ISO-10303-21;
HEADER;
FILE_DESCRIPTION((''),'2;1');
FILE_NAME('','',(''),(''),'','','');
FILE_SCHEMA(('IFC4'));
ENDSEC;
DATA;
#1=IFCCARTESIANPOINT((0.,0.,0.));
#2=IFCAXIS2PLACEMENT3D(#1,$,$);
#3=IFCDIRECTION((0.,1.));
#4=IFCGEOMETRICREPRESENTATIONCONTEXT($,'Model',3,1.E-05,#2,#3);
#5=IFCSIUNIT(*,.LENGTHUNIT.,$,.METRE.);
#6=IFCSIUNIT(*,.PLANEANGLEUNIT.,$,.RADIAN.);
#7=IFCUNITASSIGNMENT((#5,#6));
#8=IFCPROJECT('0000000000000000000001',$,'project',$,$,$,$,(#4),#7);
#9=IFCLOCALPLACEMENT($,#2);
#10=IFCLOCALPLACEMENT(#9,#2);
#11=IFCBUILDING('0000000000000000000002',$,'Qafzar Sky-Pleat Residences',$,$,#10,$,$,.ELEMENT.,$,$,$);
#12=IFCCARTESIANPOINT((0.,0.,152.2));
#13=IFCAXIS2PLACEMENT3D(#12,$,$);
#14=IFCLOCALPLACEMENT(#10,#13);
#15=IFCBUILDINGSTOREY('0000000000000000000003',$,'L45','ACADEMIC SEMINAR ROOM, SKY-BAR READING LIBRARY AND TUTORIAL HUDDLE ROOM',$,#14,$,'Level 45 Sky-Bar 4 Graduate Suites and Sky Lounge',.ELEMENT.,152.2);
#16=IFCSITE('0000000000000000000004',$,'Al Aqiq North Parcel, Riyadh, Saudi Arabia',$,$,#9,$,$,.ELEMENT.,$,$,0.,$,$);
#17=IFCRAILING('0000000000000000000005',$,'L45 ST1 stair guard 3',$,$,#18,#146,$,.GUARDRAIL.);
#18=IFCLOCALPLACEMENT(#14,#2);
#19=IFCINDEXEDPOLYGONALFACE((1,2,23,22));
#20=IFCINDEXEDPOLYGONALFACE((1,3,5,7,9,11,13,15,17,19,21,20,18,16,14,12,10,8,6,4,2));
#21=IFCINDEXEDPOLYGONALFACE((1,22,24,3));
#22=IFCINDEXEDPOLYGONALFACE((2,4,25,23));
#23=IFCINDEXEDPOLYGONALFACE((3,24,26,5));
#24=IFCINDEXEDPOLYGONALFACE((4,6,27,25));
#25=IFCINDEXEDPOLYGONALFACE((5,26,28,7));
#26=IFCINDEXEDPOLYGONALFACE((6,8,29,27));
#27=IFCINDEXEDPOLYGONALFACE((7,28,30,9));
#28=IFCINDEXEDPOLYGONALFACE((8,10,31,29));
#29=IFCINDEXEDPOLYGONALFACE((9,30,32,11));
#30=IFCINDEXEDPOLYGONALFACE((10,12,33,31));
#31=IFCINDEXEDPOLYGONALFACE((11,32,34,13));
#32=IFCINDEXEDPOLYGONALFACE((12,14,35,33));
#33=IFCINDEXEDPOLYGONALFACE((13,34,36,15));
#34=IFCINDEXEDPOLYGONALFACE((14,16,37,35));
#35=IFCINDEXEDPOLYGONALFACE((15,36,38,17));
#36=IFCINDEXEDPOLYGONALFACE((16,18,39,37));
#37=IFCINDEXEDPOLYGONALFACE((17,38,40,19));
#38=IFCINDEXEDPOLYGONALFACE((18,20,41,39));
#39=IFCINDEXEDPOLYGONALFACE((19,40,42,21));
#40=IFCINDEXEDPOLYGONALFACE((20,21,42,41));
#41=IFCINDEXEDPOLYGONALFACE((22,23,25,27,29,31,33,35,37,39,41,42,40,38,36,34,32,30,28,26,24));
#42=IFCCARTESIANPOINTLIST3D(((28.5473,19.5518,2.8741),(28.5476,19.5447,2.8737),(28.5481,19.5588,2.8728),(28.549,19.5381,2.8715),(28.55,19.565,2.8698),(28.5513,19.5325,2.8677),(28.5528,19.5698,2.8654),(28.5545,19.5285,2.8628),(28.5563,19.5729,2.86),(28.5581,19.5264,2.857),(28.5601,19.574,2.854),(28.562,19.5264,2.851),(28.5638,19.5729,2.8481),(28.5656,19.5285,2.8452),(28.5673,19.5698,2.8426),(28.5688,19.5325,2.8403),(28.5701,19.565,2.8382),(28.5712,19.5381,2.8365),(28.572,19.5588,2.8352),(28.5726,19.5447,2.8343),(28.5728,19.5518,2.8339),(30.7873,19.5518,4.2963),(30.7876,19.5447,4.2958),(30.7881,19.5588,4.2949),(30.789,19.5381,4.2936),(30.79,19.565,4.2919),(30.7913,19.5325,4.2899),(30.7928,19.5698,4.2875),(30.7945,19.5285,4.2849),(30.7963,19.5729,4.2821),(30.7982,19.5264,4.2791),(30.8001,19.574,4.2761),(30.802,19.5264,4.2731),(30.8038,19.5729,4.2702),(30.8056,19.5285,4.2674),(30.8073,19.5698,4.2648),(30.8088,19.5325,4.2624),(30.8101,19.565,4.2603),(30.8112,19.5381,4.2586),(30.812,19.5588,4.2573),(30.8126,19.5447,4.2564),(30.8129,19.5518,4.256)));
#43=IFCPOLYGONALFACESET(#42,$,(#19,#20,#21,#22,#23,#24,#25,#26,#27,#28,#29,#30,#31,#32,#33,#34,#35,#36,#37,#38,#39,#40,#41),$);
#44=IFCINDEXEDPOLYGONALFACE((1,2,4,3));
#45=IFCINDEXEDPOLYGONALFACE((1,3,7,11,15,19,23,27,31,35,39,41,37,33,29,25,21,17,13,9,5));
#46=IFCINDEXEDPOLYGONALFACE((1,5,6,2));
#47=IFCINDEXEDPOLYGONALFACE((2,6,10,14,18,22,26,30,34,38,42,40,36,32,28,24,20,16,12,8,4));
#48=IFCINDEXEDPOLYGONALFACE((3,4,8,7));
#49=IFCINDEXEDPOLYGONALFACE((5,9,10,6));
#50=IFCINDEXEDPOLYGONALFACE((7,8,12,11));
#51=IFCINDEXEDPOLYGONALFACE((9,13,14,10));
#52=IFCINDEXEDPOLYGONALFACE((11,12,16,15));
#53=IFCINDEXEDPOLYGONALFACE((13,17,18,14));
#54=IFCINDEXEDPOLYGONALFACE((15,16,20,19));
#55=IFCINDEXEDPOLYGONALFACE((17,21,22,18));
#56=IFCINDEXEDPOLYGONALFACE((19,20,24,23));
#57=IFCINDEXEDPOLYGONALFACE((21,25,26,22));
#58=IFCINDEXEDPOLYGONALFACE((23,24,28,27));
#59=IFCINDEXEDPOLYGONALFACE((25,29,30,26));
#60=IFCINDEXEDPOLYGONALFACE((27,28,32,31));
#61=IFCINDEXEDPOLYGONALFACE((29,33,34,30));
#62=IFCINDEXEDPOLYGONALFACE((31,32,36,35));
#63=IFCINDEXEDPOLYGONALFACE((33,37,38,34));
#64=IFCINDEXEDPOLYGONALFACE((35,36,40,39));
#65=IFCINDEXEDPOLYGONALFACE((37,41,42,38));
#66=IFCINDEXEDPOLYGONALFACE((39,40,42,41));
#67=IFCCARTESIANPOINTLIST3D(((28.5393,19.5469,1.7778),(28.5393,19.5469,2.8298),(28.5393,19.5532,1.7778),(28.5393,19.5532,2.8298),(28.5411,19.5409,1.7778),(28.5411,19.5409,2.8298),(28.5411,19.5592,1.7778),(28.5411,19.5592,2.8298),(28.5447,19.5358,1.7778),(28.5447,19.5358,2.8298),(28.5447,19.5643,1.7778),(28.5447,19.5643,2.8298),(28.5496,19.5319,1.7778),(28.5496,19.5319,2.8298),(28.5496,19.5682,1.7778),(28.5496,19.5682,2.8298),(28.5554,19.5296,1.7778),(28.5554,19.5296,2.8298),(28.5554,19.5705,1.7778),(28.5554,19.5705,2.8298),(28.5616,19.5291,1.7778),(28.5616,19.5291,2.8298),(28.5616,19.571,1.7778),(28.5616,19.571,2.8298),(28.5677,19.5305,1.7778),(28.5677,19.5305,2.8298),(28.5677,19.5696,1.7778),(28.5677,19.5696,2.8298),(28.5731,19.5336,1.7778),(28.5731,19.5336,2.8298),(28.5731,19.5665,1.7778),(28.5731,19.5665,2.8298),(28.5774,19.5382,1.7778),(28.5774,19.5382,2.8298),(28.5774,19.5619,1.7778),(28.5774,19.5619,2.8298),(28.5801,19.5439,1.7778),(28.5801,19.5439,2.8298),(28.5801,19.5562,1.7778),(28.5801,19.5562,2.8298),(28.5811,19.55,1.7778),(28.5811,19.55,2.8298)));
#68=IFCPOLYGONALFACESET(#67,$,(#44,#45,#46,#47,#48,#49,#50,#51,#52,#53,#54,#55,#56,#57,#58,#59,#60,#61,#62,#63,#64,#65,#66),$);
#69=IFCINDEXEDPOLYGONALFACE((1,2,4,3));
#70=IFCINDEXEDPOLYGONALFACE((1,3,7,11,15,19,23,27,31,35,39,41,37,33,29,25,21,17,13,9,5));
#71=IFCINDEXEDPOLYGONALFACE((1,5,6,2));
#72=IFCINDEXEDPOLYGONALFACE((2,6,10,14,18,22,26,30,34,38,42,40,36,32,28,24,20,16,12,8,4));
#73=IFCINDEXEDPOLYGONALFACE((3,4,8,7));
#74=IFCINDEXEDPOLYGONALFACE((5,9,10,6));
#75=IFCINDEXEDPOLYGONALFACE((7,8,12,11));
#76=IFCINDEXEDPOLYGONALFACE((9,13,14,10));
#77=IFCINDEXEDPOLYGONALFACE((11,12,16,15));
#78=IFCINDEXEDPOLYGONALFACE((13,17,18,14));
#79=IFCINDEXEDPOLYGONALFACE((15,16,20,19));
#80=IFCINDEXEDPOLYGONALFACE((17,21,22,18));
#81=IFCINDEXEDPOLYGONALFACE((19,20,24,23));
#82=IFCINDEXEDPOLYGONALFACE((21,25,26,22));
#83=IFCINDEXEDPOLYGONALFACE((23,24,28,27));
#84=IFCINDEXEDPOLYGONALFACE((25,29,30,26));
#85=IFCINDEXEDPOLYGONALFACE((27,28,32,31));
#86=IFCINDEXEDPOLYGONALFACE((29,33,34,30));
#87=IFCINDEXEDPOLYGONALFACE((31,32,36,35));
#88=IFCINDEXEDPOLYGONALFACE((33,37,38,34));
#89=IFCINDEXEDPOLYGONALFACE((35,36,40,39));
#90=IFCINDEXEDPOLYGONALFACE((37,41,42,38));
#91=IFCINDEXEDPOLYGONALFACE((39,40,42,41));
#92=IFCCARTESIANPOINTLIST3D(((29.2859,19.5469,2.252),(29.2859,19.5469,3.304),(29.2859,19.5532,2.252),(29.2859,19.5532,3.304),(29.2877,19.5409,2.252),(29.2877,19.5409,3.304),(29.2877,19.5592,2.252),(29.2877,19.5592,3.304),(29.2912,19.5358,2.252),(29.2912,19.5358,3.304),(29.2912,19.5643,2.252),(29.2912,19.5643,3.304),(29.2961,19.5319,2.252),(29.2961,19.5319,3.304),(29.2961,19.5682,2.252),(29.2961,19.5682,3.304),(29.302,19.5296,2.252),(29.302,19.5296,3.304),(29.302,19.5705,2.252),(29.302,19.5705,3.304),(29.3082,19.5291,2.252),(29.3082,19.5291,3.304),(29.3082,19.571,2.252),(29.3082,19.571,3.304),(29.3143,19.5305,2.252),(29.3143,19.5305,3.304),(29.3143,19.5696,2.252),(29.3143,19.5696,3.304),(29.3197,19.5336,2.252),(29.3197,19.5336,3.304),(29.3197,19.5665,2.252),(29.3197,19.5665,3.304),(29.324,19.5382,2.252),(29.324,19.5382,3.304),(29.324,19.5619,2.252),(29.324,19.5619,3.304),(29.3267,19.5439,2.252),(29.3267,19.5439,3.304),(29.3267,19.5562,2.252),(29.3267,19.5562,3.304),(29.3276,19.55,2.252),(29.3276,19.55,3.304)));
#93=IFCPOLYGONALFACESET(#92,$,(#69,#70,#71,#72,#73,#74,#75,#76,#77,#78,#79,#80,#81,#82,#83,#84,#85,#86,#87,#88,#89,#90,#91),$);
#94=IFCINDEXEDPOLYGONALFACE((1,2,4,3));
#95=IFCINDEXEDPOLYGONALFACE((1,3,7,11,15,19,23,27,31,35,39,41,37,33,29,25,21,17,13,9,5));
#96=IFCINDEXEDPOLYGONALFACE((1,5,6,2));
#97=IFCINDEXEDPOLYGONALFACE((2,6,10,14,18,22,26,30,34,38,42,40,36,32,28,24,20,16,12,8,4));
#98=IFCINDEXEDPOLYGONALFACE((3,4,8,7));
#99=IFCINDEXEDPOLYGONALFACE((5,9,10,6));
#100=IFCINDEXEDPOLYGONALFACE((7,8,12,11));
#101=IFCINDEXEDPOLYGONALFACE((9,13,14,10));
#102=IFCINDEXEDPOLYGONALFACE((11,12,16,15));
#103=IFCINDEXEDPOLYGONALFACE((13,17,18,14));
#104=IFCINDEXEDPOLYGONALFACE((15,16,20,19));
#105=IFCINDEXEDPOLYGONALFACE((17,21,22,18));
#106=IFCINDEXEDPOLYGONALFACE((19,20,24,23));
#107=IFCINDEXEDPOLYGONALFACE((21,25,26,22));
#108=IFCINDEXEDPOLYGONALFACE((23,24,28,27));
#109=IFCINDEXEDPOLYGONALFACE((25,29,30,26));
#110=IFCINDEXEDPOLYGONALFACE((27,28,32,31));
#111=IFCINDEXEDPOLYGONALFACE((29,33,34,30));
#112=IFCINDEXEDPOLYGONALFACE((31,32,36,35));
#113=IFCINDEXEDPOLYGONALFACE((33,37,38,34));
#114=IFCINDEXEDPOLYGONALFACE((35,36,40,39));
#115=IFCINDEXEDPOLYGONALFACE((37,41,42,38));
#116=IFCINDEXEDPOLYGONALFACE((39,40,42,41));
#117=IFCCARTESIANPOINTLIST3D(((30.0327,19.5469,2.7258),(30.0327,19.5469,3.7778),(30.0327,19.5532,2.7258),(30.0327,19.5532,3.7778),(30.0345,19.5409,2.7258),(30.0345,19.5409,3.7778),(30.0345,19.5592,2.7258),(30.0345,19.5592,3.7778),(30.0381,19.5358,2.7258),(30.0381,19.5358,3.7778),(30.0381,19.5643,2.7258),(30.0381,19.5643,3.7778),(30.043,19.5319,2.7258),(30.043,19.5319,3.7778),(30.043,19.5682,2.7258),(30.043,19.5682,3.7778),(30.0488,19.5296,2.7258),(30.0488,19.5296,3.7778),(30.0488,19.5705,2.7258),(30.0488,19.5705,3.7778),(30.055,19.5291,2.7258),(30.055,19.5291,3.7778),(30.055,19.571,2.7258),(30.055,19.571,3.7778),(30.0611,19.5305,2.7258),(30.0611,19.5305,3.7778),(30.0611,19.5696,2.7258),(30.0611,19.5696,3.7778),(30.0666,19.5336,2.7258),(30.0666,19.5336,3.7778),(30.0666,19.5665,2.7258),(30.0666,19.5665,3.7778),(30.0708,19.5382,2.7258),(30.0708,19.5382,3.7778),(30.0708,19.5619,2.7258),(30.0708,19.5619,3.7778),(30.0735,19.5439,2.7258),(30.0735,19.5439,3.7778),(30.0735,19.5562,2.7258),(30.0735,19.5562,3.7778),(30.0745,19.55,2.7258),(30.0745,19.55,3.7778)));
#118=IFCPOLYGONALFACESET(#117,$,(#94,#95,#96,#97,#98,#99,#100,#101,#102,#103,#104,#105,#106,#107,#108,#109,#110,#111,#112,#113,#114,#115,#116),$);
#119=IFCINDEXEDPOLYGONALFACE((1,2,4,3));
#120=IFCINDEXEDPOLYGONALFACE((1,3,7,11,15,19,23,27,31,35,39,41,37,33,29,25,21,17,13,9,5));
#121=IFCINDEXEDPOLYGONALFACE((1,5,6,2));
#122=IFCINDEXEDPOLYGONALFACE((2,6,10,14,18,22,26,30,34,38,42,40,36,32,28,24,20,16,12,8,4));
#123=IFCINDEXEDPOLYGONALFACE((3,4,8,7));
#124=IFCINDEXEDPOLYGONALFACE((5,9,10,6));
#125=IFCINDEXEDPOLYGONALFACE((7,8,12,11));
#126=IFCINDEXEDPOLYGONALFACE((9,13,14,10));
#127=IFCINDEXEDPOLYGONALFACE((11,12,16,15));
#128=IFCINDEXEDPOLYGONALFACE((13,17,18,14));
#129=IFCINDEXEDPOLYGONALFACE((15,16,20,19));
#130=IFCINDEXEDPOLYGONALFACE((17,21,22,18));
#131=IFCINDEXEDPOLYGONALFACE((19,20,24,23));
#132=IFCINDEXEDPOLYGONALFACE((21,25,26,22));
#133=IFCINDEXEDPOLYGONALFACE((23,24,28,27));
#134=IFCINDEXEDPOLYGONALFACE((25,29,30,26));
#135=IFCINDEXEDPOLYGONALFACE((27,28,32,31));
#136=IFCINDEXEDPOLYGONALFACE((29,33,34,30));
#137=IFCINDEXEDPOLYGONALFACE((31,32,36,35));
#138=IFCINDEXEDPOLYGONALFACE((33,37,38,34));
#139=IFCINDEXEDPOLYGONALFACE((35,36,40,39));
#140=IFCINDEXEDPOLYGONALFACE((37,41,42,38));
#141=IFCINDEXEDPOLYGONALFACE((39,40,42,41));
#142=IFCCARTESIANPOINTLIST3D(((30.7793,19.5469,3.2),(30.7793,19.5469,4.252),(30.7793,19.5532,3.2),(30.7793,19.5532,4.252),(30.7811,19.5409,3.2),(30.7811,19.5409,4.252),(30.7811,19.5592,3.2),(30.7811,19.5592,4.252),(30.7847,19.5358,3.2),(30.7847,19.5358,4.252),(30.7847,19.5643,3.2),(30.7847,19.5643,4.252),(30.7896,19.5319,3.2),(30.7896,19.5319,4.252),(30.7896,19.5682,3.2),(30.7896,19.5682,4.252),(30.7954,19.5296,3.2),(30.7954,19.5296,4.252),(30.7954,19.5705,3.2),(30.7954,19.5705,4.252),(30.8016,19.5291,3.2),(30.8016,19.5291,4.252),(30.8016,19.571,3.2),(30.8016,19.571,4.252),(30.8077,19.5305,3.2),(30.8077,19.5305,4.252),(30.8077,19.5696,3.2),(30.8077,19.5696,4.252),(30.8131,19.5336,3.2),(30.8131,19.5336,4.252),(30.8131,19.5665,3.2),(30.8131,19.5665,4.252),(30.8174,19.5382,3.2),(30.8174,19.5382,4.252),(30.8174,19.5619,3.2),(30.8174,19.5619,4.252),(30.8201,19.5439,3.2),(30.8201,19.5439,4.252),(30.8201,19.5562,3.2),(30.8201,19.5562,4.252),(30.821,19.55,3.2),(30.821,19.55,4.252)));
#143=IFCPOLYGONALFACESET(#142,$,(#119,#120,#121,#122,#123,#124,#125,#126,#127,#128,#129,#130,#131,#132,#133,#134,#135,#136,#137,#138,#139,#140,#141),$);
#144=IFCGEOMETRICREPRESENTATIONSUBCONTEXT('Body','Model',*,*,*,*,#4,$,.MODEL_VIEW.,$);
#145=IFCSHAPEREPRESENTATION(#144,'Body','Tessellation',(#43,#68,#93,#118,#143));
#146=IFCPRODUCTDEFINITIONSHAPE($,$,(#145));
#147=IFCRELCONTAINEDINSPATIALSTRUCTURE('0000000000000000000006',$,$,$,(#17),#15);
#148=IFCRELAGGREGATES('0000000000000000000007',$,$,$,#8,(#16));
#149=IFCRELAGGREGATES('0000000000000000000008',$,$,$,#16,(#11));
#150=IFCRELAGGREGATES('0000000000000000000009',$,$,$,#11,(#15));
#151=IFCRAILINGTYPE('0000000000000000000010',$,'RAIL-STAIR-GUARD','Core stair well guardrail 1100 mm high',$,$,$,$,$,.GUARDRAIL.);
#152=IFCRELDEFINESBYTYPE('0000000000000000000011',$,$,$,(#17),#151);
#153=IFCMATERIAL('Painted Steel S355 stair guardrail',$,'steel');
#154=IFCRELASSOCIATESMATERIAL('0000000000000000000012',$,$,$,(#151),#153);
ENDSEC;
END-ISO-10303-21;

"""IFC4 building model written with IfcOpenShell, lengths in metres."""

from ifc_helpers import new_model, si_unit, direction, frame, origin, origin_2d, place, context, subcontext, project, spatial, circle, extrude, source, transform, mapped, material, type_object, element, save


model = new_model("IFC4")

# Units and contexts
model_context = context("Model", 3, precision=1e-05, world=origin(), true_north=direction((0.0, 1.0)))
body_context = subcontext(model_context, "Body", "Model", "MODEL_VIEW")
ifc_project = project(units=[si_unit("LENGTHUNIT", "METRE"), si_unit("PLANEANGLEUNIT", "RADIAN")], contexts=[model_context])

# Site, building, storey
site_placement = place(None, origin())
site = spatial("IfcSite", under=ifc_project, at=site_placement, Name="Al Aqiq North Parcel, Riyadh, Saudi Arabia", CompositionType="ELEMENT", RefElevation=0.0)
building_placement = place(site_placement, origin())
building = spatial("IfcBuilding", under=site, at=building_placement, Name="Qafzar Sky-Pleat Residences", CompositionType="ELEMENT")
storey_placement = place(building_placement, frame((0.0, 0.0, 152.2)))
storey = spatial("IfcBuildingStorey", under=building, at=storey_placement, Name="L45", Description="ACADEMIC SEMINAR ROOM, SKY-BAR READING LIBRARY AND TUTORIAL HUDDLE ROOM", LongName="Level 45 Sky-Bar 4 Graduate Suites and Sky Lounge", CompositionType="ELEMENT", Elevation=152.2)

# Railing
ifc_material_1 = material(Name="Painted Steel S355 stair guardrail", Category="steel")
railing_type_1 = type_object("IfcRailingType", Name="RAIL-STAIR-GUARD", Description="Core stair well guardrail 1100 mm high", PredefinedType="GUARDRAIL", material=ifc_material_1)
shared_shape_1 = source(origin(), body_context, "Body", "SweptSolid", [
    extrude(circle(Radius=0.0239, at=origin_2d()), frame((0.0, 0.0, 1.0762), z_axis=(0.844229, 0.0, 0.535982), x_axis=(0.0, 1.0, 0.0)), (0.0, 0.0, 1.0), 2.6533),
    extrude(circle(Radius=0.021, at=origin_2d()), origin(), (0.0, 0.0, 1.0), 1.052),
    extrude(circle(Radius=0.021, at=origin_2d()), frame((0.7466, 0.0, 0.4741)), (0.0, 0.0, 1.0), 1.052),
    extrude(circle(Radius=0.021, at=origin_2d()), frame((1.4934, 0.0, 0.948)), (0.0, 0.0, 1.0), 1.052),
    extrude(circle(Radius=0.021, at=origin_2d()), frame((2.24, 0.0, 1.4221)), (0.0, 0.0, 1.0), 1.052),
])
railing_1_placement = place(storey_placement, frame((28.5601, 19.55, 1.7778)))
element("IfcRailing", 1, at=railing_1_placement, inside=storey, type_object=railing_type_1, Name="L45 ST1 stair guard 3", PredefinedType="GUARDRAIL", context=body_context, shape_type="MappedRepresentation", body=[
    mapped(shared_shape_1, transform((0.0, 0.0, 0.0), x_axis=(1.0, 0.0, 0.0), y_axis=(0.0, 1.0, 0.0), z_axis=(0.0, 0.0, 1.0), scale=1.0)),
])

save(model, "model.ifc")
